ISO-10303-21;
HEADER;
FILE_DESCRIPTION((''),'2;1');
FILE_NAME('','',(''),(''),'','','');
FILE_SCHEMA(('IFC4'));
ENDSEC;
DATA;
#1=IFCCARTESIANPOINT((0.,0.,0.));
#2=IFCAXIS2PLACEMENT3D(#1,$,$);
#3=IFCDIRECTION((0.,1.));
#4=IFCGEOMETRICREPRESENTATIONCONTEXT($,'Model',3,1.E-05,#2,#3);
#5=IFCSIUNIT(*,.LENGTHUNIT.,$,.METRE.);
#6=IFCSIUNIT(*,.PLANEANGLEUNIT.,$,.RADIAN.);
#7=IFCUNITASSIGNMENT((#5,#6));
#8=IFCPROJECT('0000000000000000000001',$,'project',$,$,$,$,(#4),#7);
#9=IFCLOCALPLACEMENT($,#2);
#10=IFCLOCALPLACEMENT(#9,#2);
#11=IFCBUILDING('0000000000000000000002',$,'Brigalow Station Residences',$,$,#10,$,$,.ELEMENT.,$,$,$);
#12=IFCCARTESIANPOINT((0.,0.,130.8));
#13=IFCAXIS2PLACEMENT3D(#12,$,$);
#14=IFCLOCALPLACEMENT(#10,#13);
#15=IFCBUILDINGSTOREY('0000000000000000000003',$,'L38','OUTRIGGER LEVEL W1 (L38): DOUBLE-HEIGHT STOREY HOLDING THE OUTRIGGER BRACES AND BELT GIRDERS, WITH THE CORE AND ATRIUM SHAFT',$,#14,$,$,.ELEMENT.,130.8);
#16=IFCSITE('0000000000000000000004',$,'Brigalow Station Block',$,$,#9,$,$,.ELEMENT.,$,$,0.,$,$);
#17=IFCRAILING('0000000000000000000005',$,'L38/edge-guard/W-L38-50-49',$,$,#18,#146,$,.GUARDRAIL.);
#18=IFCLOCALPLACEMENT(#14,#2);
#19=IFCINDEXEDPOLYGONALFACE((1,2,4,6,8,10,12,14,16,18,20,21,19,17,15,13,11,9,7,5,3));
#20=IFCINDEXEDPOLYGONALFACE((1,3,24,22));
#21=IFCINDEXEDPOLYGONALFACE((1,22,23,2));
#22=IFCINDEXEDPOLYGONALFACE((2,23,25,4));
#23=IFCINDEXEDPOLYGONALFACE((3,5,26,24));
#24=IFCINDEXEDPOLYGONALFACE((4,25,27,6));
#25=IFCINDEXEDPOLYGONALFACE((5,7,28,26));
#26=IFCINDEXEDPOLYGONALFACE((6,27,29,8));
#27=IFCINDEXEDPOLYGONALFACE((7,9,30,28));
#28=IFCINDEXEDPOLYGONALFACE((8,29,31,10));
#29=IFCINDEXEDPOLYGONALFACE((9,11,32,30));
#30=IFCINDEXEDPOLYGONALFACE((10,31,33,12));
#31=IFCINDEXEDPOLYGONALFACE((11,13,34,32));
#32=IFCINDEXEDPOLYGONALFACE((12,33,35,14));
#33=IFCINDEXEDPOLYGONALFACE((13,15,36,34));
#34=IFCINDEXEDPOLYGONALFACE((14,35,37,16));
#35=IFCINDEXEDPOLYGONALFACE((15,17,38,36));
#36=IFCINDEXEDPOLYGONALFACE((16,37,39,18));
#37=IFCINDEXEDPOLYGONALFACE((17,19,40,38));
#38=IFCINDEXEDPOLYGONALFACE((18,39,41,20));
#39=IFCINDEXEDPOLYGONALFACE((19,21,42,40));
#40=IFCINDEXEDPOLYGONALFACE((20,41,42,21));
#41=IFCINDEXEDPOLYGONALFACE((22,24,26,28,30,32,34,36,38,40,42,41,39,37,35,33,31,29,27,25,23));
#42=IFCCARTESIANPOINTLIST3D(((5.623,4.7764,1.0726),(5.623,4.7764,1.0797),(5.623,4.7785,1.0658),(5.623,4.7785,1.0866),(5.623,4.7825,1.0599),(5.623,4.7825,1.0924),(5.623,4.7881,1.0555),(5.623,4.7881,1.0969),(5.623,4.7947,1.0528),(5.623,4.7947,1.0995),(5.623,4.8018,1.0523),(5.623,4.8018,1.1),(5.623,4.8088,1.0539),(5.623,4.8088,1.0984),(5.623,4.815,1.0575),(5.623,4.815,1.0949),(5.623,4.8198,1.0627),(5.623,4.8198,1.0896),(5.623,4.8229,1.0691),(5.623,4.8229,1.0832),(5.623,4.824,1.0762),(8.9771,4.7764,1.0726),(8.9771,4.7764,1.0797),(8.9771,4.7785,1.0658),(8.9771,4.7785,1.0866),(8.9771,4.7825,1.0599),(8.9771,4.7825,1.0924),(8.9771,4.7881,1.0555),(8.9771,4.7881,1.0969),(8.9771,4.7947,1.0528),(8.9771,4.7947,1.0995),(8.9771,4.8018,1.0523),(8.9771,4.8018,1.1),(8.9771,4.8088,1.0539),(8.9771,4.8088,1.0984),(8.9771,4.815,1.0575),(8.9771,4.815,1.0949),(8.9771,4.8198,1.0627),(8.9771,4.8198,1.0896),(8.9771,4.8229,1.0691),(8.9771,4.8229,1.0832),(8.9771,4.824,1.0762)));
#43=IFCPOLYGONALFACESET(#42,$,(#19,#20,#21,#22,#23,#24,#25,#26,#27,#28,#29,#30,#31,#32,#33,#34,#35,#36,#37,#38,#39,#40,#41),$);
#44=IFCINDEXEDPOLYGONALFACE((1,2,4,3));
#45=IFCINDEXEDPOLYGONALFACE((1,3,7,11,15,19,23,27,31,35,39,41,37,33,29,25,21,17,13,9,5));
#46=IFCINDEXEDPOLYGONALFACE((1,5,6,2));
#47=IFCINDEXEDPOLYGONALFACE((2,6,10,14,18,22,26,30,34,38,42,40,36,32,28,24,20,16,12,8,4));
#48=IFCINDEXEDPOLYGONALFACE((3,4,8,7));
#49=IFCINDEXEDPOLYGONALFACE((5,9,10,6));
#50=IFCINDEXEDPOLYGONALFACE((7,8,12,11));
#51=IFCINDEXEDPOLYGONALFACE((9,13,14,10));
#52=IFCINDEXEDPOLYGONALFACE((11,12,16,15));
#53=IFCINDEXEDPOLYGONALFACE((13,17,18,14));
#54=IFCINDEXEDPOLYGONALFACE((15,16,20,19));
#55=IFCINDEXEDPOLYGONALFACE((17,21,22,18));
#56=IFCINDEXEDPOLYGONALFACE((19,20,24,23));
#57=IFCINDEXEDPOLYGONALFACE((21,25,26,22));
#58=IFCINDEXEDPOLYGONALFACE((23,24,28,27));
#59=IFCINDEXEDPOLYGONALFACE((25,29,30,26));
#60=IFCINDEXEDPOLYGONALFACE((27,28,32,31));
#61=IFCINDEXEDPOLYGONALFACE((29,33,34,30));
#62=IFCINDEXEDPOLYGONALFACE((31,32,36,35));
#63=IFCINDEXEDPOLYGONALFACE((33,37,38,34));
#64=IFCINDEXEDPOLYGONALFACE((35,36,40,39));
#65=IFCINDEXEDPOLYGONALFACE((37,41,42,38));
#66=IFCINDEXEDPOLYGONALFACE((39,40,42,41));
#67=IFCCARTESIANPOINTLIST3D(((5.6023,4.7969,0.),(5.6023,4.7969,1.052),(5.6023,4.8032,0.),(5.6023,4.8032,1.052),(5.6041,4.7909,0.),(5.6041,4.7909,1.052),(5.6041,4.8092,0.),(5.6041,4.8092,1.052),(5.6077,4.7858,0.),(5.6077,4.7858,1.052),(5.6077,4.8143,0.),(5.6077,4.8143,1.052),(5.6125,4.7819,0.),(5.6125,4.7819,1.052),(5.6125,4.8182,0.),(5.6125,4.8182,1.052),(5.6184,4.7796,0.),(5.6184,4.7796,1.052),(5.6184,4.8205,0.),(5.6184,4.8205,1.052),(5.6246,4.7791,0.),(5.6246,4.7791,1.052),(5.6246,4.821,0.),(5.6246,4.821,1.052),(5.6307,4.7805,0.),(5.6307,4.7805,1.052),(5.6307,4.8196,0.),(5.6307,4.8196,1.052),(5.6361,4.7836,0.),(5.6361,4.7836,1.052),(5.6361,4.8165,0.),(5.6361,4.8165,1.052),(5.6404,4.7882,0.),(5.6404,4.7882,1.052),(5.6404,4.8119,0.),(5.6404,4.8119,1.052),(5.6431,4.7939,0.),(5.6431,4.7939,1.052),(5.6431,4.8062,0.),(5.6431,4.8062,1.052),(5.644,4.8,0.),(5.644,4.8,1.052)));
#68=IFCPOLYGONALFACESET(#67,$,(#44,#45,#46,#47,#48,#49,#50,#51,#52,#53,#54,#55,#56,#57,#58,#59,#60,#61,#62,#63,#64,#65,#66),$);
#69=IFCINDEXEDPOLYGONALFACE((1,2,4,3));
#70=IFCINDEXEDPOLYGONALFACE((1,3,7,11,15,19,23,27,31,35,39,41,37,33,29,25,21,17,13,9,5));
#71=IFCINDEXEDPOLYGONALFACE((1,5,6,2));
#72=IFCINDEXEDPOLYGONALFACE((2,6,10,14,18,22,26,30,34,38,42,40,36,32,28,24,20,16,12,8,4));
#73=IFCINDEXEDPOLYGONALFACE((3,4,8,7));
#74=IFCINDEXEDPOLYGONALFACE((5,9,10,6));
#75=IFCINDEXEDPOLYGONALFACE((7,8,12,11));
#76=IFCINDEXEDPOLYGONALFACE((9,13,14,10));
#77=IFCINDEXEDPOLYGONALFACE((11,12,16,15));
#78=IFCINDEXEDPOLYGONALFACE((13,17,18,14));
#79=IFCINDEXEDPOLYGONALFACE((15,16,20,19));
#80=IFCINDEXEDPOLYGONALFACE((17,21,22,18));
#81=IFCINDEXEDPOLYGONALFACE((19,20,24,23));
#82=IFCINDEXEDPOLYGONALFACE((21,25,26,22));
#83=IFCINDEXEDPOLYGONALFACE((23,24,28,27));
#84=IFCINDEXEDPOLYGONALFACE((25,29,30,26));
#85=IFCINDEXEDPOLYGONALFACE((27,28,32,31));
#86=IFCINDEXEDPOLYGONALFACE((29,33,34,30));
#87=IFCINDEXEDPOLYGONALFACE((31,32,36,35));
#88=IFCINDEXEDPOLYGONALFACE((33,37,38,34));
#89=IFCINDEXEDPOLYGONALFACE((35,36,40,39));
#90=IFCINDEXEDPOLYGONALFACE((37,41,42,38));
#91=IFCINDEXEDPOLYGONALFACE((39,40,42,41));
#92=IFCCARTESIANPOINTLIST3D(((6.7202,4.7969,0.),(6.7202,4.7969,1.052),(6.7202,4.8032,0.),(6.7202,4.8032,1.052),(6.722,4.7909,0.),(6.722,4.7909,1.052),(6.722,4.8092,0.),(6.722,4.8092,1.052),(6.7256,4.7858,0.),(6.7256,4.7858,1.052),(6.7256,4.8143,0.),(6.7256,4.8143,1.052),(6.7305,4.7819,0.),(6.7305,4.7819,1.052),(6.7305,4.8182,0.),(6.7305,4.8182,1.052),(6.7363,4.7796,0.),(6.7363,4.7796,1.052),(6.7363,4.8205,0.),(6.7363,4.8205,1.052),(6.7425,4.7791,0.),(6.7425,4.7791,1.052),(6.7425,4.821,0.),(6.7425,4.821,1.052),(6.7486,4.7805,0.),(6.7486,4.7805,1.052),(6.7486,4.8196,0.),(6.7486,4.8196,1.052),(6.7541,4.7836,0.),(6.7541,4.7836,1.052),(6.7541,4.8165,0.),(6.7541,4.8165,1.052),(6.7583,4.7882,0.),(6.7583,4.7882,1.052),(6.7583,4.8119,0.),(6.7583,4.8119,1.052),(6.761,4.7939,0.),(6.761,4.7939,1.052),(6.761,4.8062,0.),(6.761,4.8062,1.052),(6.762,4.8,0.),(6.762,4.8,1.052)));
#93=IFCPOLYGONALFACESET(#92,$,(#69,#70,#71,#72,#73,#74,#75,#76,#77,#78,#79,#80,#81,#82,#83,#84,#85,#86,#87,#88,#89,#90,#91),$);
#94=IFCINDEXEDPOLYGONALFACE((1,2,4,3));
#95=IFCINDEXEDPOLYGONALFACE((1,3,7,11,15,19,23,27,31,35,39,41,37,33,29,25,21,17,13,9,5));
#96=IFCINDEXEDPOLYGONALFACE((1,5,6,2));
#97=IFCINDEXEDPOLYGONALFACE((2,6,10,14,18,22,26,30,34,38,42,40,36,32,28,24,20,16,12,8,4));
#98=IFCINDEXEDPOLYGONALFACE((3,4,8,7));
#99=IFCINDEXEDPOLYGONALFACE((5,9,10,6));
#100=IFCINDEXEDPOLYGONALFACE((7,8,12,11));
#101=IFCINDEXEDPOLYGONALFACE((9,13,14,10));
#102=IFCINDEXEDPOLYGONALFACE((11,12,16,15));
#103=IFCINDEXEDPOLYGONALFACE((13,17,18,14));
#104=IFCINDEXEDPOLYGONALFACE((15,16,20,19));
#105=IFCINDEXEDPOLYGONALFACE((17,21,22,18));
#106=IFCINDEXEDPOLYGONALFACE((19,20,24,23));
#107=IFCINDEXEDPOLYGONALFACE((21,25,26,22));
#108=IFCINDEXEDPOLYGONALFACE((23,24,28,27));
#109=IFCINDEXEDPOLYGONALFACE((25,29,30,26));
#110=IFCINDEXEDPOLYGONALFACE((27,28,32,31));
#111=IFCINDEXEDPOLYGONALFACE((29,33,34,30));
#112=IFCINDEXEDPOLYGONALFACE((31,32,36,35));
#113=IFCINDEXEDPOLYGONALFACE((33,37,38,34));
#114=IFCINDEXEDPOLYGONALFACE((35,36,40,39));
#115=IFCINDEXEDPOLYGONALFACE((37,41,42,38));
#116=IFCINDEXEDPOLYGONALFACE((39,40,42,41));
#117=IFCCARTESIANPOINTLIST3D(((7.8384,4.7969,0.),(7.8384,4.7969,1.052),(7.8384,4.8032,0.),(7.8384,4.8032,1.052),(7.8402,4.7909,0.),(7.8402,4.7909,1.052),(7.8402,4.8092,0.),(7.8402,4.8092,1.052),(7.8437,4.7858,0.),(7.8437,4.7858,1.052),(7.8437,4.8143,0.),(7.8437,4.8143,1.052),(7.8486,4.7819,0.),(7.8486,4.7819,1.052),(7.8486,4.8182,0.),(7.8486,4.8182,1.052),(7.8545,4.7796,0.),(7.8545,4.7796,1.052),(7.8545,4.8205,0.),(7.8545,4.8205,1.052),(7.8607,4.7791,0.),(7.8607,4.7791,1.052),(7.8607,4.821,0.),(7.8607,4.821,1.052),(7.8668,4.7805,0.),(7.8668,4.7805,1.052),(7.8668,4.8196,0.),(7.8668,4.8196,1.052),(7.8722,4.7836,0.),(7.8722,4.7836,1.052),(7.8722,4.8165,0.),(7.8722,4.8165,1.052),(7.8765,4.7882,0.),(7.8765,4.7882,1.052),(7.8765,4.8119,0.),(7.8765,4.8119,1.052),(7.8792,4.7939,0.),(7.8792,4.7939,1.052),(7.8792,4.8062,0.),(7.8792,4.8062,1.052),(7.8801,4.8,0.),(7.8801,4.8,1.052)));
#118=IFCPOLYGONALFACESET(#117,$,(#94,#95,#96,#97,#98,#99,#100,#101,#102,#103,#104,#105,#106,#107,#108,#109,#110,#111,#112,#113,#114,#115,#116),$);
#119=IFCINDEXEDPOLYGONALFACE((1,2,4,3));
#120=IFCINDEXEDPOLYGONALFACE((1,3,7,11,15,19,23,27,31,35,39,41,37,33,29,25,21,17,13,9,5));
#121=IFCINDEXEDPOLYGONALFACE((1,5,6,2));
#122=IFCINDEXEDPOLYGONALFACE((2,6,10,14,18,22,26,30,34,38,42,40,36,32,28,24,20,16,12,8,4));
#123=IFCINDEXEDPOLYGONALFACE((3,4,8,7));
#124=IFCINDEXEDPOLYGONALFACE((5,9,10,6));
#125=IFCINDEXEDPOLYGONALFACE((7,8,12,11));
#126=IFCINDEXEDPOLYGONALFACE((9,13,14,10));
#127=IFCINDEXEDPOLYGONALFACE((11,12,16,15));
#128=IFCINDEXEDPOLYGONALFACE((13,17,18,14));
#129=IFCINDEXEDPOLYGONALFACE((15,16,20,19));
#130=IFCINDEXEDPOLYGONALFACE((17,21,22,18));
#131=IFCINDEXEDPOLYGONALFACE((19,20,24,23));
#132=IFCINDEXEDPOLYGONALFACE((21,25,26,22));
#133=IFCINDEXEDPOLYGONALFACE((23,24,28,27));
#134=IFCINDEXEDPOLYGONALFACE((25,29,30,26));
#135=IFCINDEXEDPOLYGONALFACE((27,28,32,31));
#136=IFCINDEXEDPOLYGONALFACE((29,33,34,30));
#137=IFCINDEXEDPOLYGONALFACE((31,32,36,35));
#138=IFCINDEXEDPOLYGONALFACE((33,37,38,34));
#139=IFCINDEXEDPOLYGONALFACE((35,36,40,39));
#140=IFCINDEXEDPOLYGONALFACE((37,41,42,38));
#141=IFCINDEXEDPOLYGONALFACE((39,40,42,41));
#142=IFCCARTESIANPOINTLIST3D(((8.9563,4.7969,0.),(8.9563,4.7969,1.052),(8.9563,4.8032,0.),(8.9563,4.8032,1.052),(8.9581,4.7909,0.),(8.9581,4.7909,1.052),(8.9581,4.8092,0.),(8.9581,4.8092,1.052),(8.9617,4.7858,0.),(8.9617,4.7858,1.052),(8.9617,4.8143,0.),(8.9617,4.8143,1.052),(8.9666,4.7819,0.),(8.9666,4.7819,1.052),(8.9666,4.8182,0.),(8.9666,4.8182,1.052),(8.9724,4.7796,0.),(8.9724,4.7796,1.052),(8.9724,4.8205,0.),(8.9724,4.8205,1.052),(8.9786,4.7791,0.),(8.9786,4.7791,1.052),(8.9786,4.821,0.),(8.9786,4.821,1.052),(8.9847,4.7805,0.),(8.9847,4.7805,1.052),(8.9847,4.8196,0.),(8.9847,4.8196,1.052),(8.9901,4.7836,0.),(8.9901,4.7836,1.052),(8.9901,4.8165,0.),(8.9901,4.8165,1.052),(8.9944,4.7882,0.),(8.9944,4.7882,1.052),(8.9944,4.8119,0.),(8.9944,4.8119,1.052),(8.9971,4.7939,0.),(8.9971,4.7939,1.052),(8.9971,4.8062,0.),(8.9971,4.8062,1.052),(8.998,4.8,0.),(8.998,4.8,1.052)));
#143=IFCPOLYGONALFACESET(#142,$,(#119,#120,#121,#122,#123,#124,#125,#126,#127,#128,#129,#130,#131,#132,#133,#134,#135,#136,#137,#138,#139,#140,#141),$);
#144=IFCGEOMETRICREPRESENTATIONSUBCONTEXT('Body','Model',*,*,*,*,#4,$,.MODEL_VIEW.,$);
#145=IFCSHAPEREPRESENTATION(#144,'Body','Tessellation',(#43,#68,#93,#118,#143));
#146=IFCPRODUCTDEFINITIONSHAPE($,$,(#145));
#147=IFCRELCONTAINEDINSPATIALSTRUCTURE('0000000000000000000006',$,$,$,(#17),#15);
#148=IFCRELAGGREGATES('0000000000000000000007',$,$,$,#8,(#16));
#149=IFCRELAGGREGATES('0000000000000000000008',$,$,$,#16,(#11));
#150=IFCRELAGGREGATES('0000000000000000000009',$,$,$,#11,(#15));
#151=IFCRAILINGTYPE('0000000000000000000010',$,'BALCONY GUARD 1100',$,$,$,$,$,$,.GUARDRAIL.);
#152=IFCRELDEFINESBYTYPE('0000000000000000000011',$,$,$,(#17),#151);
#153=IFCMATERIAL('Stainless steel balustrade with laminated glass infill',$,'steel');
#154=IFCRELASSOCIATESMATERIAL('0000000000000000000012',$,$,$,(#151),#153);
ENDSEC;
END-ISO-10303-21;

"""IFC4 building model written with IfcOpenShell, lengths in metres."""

from ifc_helpers import new_model, si_unit, direction, frame, origin, origin_2d, place, context, subcontext, project, spatial, circle, extrude, material, type_object, element, save


model = new_model("IFC4")

# Units and contexts
model_context = context("Model", 3, precision=1e-05, world=origin(), true_north=direction((0.0, 1.0)))
body_context = subcontext(model_context, "Body", "Model", "MODEL_VIEW")
ifc_project = project(units=[si_unit("LENGTHUNIT", "METRE"), si_unit("PLANEANGLEUNIT", "RADIAN")], contexts=[model_context])

# Site, building, storey
site_placement = place(None, origin())
site = spatial("IfcSite", under=ifc_project, at=site_placement, Name="Brigalow Station Block", CompositionType="ELEMENT", RefElevation=0.0)
building_placement = place(site_placement, origin())
building = spatial("IfcBuilding", under=site, at=building_placement, Name="Brigalow Station Residences", CompositionType="ELEMENT")
storey_placement = place(building_placement, frame((0.0, 0.0, 130.8)))
storey = spatial("IfcBuildingStorey", under=building, at=storey_placement, Name="L38", Description="OUTRIGGER LEVEL W1 (L38): DOUBLE-HEIGHT STOREY HOLDING THE OUTRIGGER BRACES AND BELT GIRDERS, WITH THE CORE AND ATRIUM SHAFT", CompositionType="ELEMENT", Elevation=130.8)

# Railing
ifc_material_1 = material(Name="Stainless steel balustrade with laminated glass infill", Category="steel")
railing_type = type_object("IfcRailingType", Name="BALCONY GUARD 1100", PredefinedType="GUARDRAIL", material=ifc_material_1)
railing_1_placement = place(storey_placement, frame((5.623, 4.8, 0.0)))
element("IfcRailing", 1, at=railing_1_placement, inside=storey, type_object=railing_type, Name="L38/edge-guard/W-L38-50-49", PredefinedType="GUARDRAIL", context=body_context, shape_type="SweptSolid", body=[
    extrude(circle(Radius=0.0239, at=origin_2d()), frame((0.0, 0.0, 1.0762), z_axis=(1.0, 0.0, 0.0), x_axis=(0.0, 1.0, 0.0)), (0.0, 0.0, 1.0), 3.354),
    extrude(circle(Radius=0.021, at=origin_2d()), origin(), (0.0, 0.0, 1.0), 1.052),
    extrude(circle(Radius=0.021, at=origin_2d()), frame((1.1179, 0.0, 0.0)), (0.0, 0.0, 1.0), 1.052),
    extrude(circle(Radius=0.021, at=origin_2d()), frame((2.2361, 0.0, 0.0)), (0.0, 0.0, 1.0), 1.052),
    extrude(circle(Radius=0.021, at=origin_2d()), frame((3.354, 0.0, 0.0)), (0.0, 0.0, 1.0), 1.052),
])

save(model, "model.ifc")
